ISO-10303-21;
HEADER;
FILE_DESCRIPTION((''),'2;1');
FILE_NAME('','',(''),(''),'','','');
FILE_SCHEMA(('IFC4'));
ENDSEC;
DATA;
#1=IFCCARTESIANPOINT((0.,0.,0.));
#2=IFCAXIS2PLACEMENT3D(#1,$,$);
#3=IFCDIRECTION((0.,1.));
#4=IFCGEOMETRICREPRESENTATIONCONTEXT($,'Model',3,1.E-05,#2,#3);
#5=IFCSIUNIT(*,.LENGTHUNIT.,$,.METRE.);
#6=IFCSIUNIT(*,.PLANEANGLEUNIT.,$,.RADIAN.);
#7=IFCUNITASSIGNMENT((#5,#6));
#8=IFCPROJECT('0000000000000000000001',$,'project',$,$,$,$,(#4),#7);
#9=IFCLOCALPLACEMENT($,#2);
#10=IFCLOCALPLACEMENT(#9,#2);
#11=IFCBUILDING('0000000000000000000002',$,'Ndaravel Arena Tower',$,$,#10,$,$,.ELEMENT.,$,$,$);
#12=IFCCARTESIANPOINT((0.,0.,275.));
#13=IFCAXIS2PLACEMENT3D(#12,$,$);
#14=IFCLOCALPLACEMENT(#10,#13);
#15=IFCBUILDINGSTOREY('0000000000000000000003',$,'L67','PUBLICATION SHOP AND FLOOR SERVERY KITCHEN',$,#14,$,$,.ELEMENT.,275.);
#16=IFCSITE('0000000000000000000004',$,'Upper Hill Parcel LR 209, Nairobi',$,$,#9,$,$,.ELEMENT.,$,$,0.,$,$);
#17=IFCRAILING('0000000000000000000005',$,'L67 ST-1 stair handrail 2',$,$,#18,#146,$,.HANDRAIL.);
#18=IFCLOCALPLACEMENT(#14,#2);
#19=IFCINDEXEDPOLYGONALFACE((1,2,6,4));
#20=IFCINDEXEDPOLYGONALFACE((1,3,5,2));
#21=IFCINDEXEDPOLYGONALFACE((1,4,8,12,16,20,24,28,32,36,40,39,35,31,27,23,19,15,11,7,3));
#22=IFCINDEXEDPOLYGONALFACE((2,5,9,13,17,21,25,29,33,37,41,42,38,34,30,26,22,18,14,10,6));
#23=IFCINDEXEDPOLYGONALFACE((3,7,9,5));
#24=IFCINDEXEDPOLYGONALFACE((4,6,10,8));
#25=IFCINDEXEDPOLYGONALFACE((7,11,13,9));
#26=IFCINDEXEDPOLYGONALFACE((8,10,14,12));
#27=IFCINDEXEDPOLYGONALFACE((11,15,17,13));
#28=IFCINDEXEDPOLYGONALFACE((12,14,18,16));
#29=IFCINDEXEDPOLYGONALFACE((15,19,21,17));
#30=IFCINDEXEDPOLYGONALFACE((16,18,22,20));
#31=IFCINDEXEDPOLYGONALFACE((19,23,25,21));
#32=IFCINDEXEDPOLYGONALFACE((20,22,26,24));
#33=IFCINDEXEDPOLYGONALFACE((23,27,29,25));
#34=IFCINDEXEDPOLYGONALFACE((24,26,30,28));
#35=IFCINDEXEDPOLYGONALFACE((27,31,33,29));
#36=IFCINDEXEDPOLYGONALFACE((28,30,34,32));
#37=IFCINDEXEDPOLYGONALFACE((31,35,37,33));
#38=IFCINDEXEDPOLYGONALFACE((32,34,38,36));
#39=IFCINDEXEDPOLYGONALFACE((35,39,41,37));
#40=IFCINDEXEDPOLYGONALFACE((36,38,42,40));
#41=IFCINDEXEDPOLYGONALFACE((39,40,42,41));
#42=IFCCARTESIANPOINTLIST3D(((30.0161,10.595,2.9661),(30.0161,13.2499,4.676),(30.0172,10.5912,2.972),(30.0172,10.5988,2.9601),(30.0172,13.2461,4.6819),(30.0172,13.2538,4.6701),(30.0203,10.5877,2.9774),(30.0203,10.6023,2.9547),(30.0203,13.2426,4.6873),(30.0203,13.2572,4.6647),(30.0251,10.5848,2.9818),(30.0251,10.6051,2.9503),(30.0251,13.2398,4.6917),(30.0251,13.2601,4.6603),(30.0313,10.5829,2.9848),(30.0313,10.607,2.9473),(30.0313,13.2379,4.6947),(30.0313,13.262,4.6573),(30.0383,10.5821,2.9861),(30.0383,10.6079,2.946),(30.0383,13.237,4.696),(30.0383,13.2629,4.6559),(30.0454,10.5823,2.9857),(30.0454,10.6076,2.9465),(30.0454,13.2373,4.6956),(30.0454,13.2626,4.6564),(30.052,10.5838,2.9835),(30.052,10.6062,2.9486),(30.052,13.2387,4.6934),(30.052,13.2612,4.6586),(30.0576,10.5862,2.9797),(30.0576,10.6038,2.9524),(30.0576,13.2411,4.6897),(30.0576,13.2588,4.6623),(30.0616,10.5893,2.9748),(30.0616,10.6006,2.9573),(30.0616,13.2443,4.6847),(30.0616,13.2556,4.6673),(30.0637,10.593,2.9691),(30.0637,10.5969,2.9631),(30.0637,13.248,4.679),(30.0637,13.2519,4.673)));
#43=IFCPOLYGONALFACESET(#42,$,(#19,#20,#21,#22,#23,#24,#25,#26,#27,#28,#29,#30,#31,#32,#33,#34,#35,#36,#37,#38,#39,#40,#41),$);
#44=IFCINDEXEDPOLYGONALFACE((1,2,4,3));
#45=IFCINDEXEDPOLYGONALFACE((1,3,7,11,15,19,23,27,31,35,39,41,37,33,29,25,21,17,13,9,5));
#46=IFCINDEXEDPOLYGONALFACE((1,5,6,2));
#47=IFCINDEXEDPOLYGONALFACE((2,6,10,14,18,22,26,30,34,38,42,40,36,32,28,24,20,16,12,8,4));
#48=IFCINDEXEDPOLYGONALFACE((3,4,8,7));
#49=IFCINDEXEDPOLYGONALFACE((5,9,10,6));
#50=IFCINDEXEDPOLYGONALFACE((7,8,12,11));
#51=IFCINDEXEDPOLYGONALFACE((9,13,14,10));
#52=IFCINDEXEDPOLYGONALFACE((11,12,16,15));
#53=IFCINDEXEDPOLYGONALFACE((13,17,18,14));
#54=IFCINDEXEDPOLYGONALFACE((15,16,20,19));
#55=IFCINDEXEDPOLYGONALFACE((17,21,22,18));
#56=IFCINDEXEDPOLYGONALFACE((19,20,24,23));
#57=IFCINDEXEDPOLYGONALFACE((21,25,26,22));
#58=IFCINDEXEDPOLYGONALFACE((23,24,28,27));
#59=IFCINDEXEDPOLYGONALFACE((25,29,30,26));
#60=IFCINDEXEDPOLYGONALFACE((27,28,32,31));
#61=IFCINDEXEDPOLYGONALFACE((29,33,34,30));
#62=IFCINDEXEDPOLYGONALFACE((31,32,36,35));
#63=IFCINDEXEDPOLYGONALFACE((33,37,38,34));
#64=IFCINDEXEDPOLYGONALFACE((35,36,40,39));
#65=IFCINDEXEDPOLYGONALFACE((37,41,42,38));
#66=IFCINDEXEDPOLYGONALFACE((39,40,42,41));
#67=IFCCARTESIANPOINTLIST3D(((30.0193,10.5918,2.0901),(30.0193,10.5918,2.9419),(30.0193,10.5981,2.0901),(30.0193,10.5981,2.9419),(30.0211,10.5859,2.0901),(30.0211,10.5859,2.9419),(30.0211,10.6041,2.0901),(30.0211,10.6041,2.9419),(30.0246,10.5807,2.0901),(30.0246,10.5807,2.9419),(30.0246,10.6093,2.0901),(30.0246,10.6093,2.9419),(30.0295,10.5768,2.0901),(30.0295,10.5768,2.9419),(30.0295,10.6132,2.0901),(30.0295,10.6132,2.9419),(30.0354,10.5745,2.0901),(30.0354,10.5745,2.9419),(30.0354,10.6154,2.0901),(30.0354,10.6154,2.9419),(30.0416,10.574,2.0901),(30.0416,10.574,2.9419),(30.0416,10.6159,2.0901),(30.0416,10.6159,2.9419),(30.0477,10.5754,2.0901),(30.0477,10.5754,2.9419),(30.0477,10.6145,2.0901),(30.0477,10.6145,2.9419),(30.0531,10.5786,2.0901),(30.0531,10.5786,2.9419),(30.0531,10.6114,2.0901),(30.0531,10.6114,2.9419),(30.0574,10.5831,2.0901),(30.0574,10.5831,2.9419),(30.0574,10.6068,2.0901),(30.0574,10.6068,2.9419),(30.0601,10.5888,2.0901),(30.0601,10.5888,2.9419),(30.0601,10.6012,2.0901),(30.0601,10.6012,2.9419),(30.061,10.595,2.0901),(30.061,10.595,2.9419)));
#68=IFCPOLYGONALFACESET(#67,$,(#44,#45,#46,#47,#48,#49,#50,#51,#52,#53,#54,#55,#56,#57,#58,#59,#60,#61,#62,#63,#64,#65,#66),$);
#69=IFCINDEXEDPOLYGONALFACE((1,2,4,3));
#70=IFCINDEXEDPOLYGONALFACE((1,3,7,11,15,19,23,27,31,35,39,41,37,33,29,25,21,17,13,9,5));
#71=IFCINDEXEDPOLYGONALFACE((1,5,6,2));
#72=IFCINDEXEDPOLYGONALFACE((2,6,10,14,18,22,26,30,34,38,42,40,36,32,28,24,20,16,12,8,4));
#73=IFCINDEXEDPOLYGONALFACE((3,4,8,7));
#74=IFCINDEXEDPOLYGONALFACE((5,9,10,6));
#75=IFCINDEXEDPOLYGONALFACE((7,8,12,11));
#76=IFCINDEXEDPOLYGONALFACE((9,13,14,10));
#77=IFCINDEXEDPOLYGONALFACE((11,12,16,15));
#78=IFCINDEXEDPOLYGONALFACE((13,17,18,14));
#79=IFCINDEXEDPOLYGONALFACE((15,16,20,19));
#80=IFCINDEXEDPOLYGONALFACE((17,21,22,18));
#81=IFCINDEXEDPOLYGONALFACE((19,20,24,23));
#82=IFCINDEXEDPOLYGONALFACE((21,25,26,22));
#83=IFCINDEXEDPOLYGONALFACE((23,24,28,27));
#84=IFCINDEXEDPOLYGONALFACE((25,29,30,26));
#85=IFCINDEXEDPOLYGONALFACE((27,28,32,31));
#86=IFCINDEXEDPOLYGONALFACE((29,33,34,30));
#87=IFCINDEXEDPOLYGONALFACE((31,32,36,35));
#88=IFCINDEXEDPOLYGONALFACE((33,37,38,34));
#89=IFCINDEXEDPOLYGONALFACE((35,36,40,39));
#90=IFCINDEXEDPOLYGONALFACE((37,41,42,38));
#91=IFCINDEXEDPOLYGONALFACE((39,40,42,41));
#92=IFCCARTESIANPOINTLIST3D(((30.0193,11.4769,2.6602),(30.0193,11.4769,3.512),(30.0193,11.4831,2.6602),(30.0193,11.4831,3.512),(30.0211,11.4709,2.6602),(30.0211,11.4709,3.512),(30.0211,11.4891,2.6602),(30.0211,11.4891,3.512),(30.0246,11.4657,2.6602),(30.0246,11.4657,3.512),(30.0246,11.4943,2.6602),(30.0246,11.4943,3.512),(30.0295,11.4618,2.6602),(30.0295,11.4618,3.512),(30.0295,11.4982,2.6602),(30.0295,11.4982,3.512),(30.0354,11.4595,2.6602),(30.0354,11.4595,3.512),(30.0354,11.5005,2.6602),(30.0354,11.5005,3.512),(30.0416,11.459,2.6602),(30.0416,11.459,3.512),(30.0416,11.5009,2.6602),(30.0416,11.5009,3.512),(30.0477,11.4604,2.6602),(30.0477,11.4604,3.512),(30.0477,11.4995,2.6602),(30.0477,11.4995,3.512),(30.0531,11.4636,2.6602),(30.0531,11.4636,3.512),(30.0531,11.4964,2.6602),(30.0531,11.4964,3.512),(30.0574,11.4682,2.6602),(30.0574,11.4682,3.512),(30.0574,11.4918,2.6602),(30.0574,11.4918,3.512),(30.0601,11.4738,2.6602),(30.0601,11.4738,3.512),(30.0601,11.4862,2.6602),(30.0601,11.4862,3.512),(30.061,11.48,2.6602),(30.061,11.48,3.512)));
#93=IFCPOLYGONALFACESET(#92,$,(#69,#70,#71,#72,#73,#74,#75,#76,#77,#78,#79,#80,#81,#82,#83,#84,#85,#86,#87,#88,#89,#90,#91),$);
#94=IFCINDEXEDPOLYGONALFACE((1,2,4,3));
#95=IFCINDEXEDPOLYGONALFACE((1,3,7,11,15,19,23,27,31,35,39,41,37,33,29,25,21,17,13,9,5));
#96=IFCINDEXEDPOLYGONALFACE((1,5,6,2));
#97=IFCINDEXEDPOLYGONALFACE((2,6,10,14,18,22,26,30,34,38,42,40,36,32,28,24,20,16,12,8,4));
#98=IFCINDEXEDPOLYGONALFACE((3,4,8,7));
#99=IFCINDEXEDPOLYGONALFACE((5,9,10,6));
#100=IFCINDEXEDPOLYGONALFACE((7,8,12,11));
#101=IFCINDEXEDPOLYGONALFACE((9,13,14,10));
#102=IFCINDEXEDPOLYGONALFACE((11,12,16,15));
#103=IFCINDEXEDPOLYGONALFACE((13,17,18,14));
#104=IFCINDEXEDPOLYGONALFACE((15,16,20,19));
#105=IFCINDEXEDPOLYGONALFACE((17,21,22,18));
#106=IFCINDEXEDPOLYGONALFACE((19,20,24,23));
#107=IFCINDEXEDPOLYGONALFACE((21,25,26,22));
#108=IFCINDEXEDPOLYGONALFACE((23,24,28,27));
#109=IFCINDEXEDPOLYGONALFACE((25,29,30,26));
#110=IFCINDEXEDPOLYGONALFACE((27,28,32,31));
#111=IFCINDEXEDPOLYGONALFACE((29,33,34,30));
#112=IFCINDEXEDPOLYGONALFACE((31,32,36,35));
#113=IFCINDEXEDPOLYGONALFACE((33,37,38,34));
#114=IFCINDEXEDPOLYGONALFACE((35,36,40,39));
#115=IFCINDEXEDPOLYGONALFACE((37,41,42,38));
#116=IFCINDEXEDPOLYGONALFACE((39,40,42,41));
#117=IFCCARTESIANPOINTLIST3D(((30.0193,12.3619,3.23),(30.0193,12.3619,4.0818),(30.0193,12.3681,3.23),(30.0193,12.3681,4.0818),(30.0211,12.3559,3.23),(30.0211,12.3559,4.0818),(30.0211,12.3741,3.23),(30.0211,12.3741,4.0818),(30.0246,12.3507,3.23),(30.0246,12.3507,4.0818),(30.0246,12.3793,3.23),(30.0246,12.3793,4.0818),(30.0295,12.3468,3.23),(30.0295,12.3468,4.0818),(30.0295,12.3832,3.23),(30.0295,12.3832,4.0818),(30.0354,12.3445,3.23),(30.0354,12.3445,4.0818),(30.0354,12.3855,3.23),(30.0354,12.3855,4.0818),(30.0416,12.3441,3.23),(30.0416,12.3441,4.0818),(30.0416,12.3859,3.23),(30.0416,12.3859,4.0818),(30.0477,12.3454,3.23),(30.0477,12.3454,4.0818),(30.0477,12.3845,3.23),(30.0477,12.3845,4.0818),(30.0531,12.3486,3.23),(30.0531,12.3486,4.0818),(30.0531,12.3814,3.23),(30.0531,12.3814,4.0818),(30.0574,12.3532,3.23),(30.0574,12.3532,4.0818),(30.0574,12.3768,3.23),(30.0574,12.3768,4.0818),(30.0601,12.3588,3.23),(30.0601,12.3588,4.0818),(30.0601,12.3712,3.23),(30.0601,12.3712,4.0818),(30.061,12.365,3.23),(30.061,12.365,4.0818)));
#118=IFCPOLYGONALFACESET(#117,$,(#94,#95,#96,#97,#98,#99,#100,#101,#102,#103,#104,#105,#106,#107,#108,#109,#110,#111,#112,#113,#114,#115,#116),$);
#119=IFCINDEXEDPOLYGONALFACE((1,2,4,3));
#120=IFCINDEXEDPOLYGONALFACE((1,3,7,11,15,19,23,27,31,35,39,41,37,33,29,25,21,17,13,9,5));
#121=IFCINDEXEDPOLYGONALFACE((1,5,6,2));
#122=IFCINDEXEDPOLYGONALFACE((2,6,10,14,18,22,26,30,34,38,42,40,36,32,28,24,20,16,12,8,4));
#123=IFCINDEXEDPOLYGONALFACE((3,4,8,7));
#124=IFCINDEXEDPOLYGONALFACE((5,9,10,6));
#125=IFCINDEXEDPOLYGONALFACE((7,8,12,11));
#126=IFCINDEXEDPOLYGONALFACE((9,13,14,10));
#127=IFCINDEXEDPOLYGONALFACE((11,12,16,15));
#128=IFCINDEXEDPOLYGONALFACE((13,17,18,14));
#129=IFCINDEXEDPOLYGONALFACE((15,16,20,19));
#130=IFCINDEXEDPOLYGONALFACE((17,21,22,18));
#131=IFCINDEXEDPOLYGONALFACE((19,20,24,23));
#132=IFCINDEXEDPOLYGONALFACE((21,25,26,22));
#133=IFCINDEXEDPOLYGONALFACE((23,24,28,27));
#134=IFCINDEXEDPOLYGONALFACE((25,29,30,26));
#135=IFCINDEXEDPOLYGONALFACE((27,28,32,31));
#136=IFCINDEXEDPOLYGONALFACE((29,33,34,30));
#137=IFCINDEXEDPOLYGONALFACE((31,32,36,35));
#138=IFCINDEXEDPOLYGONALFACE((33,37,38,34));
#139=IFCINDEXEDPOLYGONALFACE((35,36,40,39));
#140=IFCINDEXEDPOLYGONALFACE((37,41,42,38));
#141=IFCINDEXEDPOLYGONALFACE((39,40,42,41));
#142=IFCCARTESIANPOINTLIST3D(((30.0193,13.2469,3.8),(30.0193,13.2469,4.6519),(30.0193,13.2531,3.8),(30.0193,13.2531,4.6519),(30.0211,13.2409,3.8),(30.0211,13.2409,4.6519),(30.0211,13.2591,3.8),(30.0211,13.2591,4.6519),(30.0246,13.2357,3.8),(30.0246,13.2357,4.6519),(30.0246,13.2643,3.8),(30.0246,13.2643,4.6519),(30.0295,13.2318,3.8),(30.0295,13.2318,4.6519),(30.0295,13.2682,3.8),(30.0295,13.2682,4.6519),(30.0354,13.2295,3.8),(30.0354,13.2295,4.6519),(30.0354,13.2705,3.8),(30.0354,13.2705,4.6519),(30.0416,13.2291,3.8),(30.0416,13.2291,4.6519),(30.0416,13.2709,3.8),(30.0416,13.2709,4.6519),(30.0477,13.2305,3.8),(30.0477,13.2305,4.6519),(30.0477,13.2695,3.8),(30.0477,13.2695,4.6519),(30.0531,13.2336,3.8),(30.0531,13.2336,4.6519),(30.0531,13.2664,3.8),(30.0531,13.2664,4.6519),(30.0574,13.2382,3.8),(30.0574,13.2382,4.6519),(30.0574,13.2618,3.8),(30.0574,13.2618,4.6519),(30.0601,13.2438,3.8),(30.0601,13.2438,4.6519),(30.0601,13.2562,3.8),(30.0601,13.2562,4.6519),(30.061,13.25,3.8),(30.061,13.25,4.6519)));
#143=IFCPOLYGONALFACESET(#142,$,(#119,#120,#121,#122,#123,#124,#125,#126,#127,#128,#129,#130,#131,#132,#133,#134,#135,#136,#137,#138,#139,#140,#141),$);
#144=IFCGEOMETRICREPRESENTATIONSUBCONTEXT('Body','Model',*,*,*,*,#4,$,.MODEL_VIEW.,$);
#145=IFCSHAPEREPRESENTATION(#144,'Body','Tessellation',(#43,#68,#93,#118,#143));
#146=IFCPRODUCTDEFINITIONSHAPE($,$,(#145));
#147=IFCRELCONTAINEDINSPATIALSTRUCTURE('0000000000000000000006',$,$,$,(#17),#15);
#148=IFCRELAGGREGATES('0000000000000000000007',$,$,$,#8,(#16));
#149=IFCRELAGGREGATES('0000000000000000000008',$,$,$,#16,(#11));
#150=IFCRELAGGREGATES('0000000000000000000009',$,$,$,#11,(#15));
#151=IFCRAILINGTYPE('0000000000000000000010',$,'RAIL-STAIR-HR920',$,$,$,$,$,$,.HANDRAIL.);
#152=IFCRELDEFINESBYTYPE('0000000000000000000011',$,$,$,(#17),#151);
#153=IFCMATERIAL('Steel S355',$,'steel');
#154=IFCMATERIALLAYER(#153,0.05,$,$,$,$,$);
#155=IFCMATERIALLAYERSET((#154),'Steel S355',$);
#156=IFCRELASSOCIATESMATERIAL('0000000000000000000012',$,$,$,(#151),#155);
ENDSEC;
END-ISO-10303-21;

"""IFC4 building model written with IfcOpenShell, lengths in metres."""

from ifc_helpers import new_model, si_unit, direction, frame, origin, origin_2d, place, context, subcontext, project, spatial, circle, extrude, material, layer, layer_set, type_object, element, save


model = new_model("IFC4")

# Units and contexts
model_context = context("Model", 3, precision=1e-05, world=origin(), true_north=direction((0.0, 1.0)))
body_context = subcontext(model_context, "Body", "Model", "MODEL_VIEW")
ifc_project = project(units=[si_unit("LENGTHUNIT", "METRE"), si_unit("PLANEANGLEUNIT", "RADIAN")], contexts=[model_context])

# Site, building, storey
site_placement = place(None, origin())
site = spatial("IfcSite", under=ifc_project, at=site_placement, Name="Upper Hill Parcel LR 209, Nairobi", CompositionType="ELEMENT", RefElevation=0.0)
building_placement = place(site_placement, origin())
building = spatial("IfcBuilding", under=site, at=building_placement, Name="Ndaravel Arena Tower", CompositionType="ELEMENT")
storey_placement = place(building_placement, frame((0.0, 0.0, 275.0)))
storey = spatial("IfcBuildingStorey", under=building, at=storey_placement, Name="L67", Description="PUBLICATION SHOP AND FLOOR SERVERY KITCHEN", CompositionType="ELEMENT", Elevation=275.0)

# Railing
ifc_material_1 = material(Name="Steel S355", Category="steel")
ifc_layer_1 = layer(ifc_material_1, 0.05)
ifc_layer_set_1 = layer_set([ifc_layer_1], Name="Steel S355")
railing_type_1 = type_object("IfcRailingType", Name="RAIL-STAIR-HR920", PredefinedType="HANDRAIL", material=ifc_layer_set_1)
railing_1_placement = place(storey_placement, frame((30.04, 10.595, 2.0901)))
element("IfcRailing", 1, at=railing_1_placement, inside=storey, type_object=railing_type_1, Name="L67 ST-1 stair handrail 2", PredefinedType="HANDRAIL", context=body_context, shape_type="SweptSolid", body=[
    extrude(circle(Radius=0.0239, at=origin_2d()), frame((0.0, 0.0, 0.876), z_axis=(0.0, 0.840724, 0.541465), x_axis=(-1.0, 0.0, 0.0)), (0.0, 0.0, 1.0), 3.158),
    extrude(circle(Radius=0.021, at=origin_2d()), origin(), (0.0, 0.0, 1.0), 0.8518),
    extrude(circle(Radius=0.021, at=origin_2d()), frame((0.0, 0.885, 0.5701)), (0.0, 0.0, 1.0), 0.8518),
    extrude(circle(Radius=0.021, at=origin_2d()), frame((0.0, 1.77, 1.1399)), (0.0, 0.0, 1.0), 0.8518),
    extrude(circle(Radius=0.021, at=origin_2d()), frame((0.0, 2.655, 1.71)), (0.0, 0.0, 1.0), 0.8518),
])

save(model, "model.ifc")
